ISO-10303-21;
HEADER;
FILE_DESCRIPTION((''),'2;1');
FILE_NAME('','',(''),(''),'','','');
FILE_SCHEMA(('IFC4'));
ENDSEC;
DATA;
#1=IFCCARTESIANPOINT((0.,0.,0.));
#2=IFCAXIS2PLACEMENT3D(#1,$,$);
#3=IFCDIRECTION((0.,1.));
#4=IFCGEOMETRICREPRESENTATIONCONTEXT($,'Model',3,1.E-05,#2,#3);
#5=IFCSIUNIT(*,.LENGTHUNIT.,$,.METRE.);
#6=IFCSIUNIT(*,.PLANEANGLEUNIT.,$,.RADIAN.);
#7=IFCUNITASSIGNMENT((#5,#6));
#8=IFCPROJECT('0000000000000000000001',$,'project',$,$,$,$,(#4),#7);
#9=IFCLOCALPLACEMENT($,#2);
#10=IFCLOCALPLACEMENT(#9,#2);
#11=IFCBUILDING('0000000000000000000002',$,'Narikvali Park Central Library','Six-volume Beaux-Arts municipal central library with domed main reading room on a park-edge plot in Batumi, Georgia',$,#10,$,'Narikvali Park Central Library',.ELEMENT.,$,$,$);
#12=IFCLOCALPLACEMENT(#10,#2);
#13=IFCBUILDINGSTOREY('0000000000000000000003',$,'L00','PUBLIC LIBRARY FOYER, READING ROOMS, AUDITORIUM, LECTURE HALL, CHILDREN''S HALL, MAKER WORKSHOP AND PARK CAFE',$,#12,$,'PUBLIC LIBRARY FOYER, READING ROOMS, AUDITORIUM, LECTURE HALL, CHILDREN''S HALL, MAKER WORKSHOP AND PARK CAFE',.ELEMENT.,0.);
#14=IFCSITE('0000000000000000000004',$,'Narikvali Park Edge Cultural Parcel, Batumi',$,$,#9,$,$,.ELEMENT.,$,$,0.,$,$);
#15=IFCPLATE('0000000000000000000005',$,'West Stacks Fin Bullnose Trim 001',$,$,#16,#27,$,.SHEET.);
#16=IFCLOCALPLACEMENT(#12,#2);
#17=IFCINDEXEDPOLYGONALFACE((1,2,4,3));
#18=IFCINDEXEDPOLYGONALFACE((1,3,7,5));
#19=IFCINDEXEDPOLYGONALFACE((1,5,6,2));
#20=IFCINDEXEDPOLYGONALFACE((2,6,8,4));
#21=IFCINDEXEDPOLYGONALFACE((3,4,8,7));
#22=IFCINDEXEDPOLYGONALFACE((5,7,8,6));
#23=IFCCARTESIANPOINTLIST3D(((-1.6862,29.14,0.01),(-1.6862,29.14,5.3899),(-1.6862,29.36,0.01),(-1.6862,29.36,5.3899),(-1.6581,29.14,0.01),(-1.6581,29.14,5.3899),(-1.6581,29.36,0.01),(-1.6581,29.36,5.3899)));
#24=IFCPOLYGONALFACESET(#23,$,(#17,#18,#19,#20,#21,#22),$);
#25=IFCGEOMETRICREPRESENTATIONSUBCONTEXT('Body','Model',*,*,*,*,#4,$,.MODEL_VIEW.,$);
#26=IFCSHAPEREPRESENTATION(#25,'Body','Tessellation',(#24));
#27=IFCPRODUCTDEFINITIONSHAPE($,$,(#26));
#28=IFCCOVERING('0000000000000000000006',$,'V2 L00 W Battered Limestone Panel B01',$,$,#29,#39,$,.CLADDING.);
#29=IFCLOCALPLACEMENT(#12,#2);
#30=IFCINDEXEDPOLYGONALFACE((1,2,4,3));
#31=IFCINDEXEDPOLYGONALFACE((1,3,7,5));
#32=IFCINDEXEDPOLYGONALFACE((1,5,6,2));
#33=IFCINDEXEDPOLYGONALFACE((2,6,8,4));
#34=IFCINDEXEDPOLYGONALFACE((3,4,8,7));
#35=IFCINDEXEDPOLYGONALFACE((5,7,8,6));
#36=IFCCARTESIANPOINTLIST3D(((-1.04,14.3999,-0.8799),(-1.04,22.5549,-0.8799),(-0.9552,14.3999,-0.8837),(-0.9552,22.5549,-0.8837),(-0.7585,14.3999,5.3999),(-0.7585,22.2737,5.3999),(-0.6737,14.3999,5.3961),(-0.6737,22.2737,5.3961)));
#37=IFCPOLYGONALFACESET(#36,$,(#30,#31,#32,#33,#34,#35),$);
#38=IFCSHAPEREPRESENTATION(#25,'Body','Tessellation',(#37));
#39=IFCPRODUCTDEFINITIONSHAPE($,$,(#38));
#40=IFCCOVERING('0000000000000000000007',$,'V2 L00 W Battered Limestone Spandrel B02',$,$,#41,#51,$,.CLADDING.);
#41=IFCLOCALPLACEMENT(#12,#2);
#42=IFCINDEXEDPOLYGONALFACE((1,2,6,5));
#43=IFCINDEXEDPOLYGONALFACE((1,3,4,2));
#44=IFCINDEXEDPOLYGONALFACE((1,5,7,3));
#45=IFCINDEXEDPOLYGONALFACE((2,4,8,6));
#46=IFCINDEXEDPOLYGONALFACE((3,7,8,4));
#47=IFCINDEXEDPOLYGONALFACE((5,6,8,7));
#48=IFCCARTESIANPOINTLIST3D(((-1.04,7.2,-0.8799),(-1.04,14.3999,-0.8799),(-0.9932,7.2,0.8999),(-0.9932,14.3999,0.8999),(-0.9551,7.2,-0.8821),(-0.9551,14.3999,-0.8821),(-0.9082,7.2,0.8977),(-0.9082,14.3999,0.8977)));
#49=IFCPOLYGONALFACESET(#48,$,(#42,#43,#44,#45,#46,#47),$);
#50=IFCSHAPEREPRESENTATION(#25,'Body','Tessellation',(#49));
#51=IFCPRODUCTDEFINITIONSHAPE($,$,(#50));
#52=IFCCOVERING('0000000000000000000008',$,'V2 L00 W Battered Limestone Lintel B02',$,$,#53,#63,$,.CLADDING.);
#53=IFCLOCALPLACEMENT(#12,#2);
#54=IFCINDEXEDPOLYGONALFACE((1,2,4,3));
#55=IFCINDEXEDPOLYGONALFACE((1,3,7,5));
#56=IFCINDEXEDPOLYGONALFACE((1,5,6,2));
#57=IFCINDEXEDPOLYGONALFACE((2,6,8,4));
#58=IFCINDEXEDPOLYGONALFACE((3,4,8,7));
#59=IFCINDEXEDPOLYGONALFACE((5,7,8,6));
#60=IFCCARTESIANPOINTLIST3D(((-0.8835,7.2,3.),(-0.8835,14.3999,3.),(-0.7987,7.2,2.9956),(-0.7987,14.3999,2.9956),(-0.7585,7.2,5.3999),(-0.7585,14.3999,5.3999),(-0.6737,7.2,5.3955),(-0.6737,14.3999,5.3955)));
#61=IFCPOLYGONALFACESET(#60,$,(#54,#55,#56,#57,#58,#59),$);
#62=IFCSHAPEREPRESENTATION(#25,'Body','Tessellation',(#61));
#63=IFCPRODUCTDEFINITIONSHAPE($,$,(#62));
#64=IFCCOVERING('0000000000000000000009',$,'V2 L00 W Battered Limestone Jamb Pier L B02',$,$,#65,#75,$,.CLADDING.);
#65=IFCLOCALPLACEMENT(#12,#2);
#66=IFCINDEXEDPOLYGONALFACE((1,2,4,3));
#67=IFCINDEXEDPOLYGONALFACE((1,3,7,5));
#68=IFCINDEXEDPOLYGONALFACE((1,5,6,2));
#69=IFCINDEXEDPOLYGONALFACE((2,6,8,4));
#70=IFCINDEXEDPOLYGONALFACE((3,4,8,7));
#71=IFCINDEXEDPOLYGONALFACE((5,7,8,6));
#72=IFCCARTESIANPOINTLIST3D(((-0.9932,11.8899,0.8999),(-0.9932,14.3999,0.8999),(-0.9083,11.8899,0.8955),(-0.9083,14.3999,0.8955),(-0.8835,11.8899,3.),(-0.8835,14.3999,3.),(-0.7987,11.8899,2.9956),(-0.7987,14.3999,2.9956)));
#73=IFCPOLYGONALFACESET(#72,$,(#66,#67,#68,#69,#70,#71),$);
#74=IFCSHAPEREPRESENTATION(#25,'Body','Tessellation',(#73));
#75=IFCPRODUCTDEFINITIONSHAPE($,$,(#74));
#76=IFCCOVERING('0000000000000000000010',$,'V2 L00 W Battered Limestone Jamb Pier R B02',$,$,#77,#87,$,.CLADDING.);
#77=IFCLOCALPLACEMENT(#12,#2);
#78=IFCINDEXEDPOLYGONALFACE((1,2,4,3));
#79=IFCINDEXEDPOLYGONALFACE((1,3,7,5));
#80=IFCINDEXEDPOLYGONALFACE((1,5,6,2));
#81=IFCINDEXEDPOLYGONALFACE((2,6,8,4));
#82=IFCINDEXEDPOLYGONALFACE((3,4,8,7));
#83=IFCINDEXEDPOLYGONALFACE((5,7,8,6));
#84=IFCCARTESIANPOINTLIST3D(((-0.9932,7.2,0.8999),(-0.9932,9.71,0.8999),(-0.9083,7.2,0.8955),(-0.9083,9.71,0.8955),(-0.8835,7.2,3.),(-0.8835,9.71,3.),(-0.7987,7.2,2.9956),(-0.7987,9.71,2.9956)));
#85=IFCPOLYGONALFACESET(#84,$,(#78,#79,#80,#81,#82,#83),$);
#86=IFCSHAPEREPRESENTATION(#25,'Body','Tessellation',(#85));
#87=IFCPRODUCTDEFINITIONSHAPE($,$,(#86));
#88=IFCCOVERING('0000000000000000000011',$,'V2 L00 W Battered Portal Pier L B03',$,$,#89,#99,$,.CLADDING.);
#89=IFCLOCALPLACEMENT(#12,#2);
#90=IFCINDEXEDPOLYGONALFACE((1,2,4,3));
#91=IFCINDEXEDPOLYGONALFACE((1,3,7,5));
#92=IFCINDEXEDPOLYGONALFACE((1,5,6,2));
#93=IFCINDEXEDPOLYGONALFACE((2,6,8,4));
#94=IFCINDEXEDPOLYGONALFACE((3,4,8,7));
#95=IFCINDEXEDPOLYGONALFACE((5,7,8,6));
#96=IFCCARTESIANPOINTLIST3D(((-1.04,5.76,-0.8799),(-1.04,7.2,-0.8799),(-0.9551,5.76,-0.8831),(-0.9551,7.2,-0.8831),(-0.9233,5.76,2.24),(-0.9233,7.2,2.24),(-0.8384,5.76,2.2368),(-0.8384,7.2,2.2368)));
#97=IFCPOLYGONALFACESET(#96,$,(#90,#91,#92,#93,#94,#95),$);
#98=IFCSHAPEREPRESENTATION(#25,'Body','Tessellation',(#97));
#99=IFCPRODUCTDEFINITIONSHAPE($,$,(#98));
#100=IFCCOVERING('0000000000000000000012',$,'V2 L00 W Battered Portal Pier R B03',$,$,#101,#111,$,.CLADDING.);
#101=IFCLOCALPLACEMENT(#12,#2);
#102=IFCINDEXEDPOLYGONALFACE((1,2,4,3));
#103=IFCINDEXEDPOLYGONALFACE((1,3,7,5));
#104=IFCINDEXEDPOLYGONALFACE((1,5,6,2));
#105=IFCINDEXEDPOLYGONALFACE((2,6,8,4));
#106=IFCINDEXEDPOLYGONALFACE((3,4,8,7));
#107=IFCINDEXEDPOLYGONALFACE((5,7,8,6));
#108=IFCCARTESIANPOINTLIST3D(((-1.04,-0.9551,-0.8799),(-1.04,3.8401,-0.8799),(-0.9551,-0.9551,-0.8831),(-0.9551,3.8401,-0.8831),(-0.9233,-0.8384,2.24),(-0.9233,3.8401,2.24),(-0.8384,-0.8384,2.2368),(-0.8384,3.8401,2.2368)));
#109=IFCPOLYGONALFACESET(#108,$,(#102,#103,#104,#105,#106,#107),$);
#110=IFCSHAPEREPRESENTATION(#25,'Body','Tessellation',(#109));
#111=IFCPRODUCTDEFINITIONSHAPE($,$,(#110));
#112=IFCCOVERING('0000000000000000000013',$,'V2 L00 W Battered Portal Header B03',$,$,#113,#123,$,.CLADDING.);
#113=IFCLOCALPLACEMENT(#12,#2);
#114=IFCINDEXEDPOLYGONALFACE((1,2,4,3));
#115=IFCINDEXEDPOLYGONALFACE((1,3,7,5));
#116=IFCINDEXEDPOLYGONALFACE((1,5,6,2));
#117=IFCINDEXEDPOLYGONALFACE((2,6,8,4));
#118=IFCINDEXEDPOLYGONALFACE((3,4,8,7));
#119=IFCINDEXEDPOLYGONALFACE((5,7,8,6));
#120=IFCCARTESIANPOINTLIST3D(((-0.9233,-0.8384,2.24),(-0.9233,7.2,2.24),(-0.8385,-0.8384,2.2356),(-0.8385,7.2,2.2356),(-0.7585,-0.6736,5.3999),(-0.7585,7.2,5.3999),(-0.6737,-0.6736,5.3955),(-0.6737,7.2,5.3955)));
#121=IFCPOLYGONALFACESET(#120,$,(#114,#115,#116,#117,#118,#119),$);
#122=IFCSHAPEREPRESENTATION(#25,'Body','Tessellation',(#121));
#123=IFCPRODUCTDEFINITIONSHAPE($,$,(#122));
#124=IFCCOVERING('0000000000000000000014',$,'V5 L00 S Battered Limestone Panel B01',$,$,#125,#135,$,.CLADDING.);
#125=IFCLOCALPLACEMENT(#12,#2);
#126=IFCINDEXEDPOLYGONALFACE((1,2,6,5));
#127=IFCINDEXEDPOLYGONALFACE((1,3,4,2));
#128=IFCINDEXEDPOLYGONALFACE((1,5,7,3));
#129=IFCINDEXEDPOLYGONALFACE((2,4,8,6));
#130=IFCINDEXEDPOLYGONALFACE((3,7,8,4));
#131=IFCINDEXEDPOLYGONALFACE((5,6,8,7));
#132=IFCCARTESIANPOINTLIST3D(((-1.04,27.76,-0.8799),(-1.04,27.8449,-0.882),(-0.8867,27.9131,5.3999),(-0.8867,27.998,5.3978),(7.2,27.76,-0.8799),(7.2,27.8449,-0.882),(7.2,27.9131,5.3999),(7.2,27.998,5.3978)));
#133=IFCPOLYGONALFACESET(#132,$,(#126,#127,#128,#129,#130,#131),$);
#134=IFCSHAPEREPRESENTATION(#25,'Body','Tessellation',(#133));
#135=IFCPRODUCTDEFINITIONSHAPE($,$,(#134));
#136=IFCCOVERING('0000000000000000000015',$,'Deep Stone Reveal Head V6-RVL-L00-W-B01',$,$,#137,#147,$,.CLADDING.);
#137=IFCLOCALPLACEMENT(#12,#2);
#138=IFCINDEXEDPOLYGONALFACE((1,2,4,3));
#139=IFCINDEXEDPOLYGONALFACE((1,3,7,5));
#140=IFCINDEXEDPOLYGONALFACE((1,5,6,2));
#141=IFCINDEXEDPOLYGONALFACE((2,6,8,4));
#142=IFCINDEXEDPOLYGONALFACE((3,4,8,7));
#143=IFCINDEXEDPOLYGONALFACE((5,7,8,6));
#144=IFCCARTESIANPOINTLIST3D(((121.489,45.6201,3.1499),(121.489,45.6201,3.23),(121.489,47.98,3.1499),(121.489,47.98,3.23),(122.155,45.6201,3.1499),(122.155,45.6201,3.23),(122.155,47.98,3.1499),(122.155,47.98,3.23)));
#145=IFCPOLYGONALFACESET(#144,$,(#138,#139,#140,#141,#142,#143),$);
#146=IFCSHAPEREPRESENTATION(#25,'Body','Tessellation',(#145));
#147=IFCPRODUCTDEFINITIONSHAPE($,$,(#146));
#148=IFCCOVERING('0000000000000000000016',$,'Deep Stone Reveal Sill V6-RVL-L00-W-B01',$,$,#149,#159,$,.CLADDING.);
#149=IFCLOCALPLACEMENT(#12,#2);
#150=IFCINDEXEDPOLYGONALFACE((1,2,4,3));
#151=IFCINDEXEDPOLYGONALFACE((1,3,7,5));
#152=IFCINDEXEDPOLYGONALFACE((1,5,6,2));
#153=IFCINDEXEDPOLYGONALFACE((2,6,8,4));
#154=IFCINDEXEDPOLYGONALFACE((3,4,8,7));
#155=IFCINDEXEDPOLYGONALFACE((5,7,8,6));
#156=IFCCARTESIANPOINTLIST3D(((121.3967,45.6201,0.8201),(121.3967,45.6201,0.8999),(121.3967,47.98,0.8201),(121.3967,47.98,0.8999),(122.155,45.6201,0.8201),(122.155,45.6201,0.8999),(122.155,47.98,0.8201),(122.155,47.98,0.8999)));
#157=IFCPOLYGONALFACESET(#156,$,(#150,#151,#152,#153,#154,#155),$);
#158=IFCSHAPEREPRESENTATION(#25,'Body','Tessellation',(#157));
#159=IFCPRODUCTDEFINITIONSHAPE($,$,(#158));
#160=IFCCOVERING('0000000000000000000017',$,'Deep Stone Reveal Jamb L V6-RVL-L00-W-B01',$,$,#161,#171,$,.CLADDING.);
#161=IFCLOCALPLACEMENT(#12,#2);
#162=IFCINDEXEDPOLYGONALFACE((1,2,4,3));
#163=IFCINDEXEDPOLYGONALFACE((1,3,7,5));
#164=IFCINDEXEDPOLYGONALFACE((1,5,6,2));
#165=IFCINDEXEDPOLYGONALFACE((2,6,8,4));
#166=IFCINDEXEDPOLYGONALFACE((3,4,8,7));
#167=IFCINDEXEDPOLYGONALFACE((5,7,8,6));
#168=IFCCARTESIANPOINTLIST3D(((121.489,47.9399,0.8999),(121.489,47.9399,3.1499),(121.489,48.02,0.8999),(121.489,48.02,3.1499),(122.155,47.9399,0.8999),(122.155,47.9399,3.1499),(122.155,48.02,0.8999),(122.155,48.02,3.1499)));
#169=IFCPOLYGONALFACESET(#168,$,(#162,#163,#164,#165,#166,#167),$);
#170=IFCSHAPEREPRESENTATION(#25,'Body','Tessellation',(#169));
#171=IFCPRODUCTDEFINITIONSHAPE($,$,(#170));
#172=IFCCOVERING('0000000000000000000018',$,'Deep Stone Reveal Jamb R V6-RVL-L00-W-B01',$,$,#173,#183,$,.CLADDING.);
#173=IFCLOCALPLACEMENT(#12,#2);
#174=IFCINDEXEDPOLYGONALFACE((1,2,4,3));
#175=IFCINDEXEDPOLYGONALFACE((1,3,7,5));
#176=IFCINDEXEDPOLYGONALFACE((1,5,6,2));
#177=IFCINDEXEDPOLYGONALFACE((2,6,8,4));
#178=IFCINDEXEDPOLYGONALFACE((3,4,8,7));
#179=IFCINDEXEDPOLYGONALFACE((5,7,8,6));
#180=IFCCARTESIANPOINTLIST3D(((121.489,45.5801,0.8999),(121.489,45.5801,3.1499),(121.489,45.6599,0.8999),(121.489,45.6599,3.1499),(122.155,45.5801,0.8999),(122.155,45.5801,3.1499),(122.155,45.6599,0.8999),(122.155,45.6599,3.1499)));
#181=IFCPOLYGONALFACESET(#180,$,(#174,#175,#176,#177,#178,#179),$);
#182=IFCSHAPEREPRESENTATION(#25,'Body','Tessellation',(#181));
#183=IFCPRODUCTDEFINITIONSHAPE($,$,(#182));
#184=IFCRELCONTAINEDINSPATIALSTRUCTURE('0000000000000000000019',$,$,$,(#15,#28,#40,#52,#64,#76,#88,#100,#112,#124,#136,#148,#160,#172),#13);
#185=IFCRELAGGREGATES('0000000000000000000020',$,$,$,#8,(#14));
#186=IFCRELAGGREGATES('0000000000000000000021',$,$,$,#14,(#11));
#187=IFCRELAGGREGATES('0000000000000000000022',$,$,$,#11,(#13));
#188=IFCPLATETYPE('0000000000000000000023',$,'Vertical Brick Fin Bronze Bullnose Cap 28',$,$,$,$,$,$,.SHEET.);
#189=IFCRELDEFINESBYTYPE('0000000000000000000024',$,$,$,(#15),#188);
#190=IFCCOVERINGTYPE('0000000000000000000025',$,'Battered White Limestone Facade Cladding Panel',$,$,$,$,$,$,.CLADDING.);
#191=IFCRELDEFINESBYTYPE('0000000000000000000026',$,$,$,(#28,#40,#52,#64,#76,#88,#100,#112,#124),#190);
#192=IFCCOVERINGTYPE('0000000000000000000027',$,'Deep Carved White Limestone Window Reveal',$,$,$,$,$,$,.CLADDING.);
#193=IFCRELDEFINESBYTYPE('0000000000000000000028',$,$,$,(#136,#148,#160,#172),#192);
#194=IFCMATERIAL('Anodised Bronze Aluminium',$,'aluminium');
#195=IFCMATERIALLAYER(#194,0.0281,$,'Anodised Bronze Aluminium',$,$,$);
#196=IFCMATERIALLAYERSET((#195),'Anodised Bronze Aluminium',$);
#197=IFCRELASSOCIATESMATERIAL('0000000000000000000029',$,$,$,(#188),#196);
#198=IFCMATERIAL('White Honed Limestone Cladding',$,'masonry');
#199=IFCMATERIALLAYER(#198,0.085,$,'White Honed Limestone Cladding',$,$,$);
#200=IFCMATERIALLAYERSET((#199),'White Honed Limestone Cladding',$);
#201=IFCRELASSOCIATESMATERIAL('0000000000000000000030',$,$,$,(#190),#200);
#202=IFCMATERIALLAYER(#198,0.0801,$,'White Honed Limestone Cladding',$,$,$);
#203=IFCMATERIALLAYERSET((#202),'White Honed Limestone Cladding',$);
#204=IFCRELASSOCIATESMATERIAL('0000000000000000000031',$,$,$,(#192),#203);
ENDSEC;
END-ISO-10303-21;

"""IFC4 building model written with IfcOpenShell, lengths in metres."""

from ifc_helpers import new_model, si_unit, direction, frame, origin, origin_2d, place, context, subcontext, project, spatial, polyline, rectangle, outline, extrude, material, layer, layer_set, type_object, element, save


model = new_model("IFC4")

# Units and contexts
model_context = context("Model", 3, precision=1e-05, world=origin(), true_north=direction((0.0, 1.0)))
body_context = subcontext(model_context, "Body", "Model", "MODEL_VIEW")
ifc_project = project(units=[si_unit("LENGTHUNIT", "METRE"), si_unit("PLANEANGLEUNIT", "RADIAN")], contexts=[model_context])

# Site, building, storey
site_placement = place(None, origin())
site = spatial("IfcSite", under=ifc_project, at=site_placement, Name="Narikvali Park Edge Cultural Parcel, Batumi", CompositionType="ELEMENT", RefElevation=0.0)
building_placement = place(site_placement, origin())
building = spatial("IfcBuilding", under=site, at=building_placement, Name="Narikvali Park Central Library", Description="Six-volume Beaux-Arts municipal central library with domed main reading room on a park-edge plot in Batumi, Georgia", LongName="Narikvali Park Central Library", CompositionType="ELEMENT")
storey_placement = place(building_placement, origin())
storey = spatial("IfcBuildingStorey", under=building, at=storey_placement, Name="L00", Description="PUBLIC LIBRARY FOYER, READING ROOMS, AUDITORIUM, LECTURE HALL, CHILDREN'S HALL, MAKER WORKSHOP AND PARK CAFE", LongName="PUBLIC LIBRARY FOYER, READING ROOMS, AUDITORIUM, LECTURE HALL, CHILDREN'S HALL, MAKER WORKSHOP AND PARK CAFE", CompositionType="ELEMENT", Elevation=0.0)

# Plate
ifc_material_1 = material(Name="Anodised Bronze Aluminium", Category="aluminium")
ifc_layer_1 = layer(ifc_material_1, 0.0281, Name="Anodised Bronze Aluminium")
ifc_layer_set_1 = layer_set([ifc_layer_1], Name="Anodised Bronze Aluminium")
plate_type = type_object("IfcPlateType", Name="Vertical Brick Fin Bronze Bullnose Cap 28", PredefinedType="SHEET", material=ifc_layer_set_1)
plate_placement = place(storey_placement, frame((-1.6721, 29.25, 0.01), z_axis=(0.0, 0.0, 1.0), x_axis=(1.0, 0.0, 0.0)))
element("IfcPlate", 1, at=plate_placement, inside=storey, type_object=plate_type, Name="West Stacks Fin Bullnose Trim 001", PredefinedType="SHEET", context=body_context, shape_type="SweptSolid", body=[
    extrude(rectangle(XDim=0.0281, YDim=0.22, at=origin_2d()), origin(), (0.0, 0.0, 1.0), 5.3799),
])

# Coverings
ifc_material_2 = material(Name="White Honed Limestone Cladding", Category="masonry")
ifc_layer_2 = layer(ifc_material_2, 0.085, Name="White Honed Limestone Cladding")
ifc_layer_set_2 = layer_set([ifc_layer_2], Name="White Honed Limestone Cladding")
covering_type_1 = type_object("IfcCoveringType", Name="Battered White Limestone Facade Cladding Panel", PredefinedType="CLADDING", material=ifc_layer_set_2)
covering_1_placement = place(storey_placement, frame((-1.04, 22.5549, -0.8799), z_axis=(-0.998997, 0.0, 0.04478), x_axis=(0.0, -1.0, 0.0)))
element("IfcCovering", 2, at=covering_1_placement, inside=storey, type_object=covering_type_1, Name="V2 L00 W Battered Limestone Panel B01", PredefinedType="CLADDING", context=body_context, shape_type="SweptSolid", body=[
    extrude(outline(polyline([(0.0, 0.0), (8.155, 0.0), (8.155, 6.2861), (0.2812, 6.2861), (0.0, 0.0)])), origin(), (0.0, 0.0, -1.0), 0.085),
])
covering_2_placement = place(storey_placement, frame((-1.04, 14.3999, -0.8799), z_axis=(-0.999653, 0.0, 0.026328), x_axis=(0.0, -1.0, 0.0)))
element("IfcCovering", 3, at=covering_2_placement, inside=storey, type_object=covering_type_1, Name="V2 L00 W Battered Limestone Spandrel B02", PredefinedType="CLADDING", context=body_context, shape_type="SweptSolid", body=[
    extrude(outline(polyline([(0.0, 0.0), (7.2, 0.0), (7.2, 1.7804), (0.0, 1.7804), (0.0, 0.0)])), origin(), (0.0, 0.0, -1.0), 0.085),
])
covering_3_placement = place(storey_placement, frame((-0.8835, 14.3999, 3.0), z_axis=(-0.998646, 0.0, 0.052015), x_axis=(0.0, -1.0, 0.0)))
element("IfcCovering", 4, at=covering_3_placement, inside=storey, type_object=covering_type_1, Name="V2 L00 W Battered Limestone Lintel B02", PredefinedType="CLADDING", context=body_context, shape_type="SweptSolid", body=[
    extrude(outline(polyline([(0.0, 0.0), (7.2, 0.0), (7.2, 2.4032), (0.0, 2.4032), (0.0, 0.0)])), origin(), (0.0, 0.0, -1.0), 0.085),
])
for number, where, z_axis, x_axis, name in (
    (5, (-0.9932, 14.3999, 0.8999), (-0.998641, 0.0, 0.052126), (0.0, -1.0, 0.0), "V2 L00 W Battered Limestone Jamb Pier L B02"),
    (6, (-0.9932, 9.71, 0.8999), (-0.998641, 0.0, 0.052126), (0.0, -1.0, 0.0), "V2 L00 W Battered Limestone Jamb Pier R B02"),
):
    element("IfcCovering", number, at=place(storey_placement, frame(where, z_axis=z_axis, x_axis=x_axis)), inside=storey, type_object=covering_type_1, Name=name, PredefinedType="CLADDING", context=body_context, shape_type="SweptSolid", body=[
        extrude(outline(polyline([(0.0, 0.0), (2.51, 0.0), (2.51, 2.103), (0.0, 2.103), (0.0, 0.0)])), origin(), (0.0, 0.0, -1.0), 0.085),
    ])
covering_4_placement = place(storey_placement, frame((-1.04, 7.2, -0.8799), z_axis=(-0.999301, 0.0, 0.037379), x_axis=(0.0, -1.0, 0.0)))
element("IfcCovering", 7, at=covering_4_placement, inside=storey, type_object=covering_type_1, Name="V2 L00 W Battered Portal Pier L B03", PredefinedType="CLADDING", context=body_context, shape_type="SweptSolid", body=[
    extrude(outline(polyline([(0.0, 0.0), (1.4399, 0.0), (1.4399, 3.1221), (0.0, 3.1221), (0.0, 0.0)])), origin(), (0.0, 0.0, -1.0), 0.085),
])
covering_5_placement = place(storey_placement, frame((-1.04, 3.8401, -0.8799), z_axis=(-0.999301, 0.0, 0.037379), x_axis=(0.0, -1.0, 0.0)))
element("IfcCovering", 8, at=covering_5_placement, inside=storey, type_object=covering_type_1, Name="V2 L00 W Battered Portal Pier R B03", PredefinedType="CLADDING", context=body_context, shape_type="SweptSolid", body=[
    extrude(outline(polyline([(0.0, 0.0), (4.7952, 0.0), (4.6785, 3.1221), (0.0, 3.1221), (0.0, 0.0)])), origin(), (0.0, 0.0, -1.0), 0.085),
])
covering_6_placement = place(storey_placement, frame((-0.9233, 7.2, 2.24), z_axis=(-0.998643, 0.0, 0.052081), x_axis=(0.0, -1.0, 0.0)))
element("IfcCovering", 9, at=covering_6_placement, inside=storey, type_object=covering_type_1, Name="V2 L00 W Battered Portal Header B03", PredefinedType="CLADDING", context=body_context, shape_type="SweptSolid", body=[
    extrude(outline(polyline([(0.0, 0.0), (8.0383, 0.0), (7.8735, 3.1642), (0.0, 3.1642), (0.0, 0.0)])), origin(), (0.0, 0.0, -1.0), 0.085),
])
covering_7_placement = place(storey_placement, frame((-1.04, 27.76, -0.8799), z_axis=(0.0, -0.999703, 0.024369), x_axis=(1.0, 0.0, 0.0)))
element("IfcCovering", 10, at=covering_7_placement, inside=storey, type_object=covering_type_1, Name="V5 L00 S Battered Limestone Panel B01", PredefinedType="CLADDING", context=body_context, shape_type="SweptSolid", body=[
    extrude(outline(polyline([(0.0, 0.0), (8.24, 0.0), (8.24, 6.2817), (0.1533, 6.2817), (0.0, 0.0)])), origin(), (0.0, 0.0, -1.0), 0.085),
])
ifc_layer_3 = layer(ifc_material_2, 0.0801, Name="White Honed Limestone Cladding")
ifc_layer_set_3 = layer_set([ifc_layer_3], Name="White Honed Limestone Cladding")
covering_type_2 = type_object("IfcCoveringType", Name="Deep Carved White Limestone Window Reveal", PredefinedType="CLADDING", material=ifc_layer_set_3)
covering_8_placement = place(storey_placement, frame((0.0, 0.0, 3.1499)))
element("IfcCovering", 11, at=covering_8_placement, inside=storey, type_object=covering_type_2, Name="Deep Stone Reveal Head V6-RVL-L00-W-B01", PredefinedType="CLADDING", context=body_context, shape_type="SweptSolid", body=[
    extrude(outline(polyline([(122.155, 47.98), (122.155, 45.6201), (121.489, 45.6201), (121.489, 47.98), (122.155, 47.98)])), origin(), (0.0, 0.0, 1.0), 0.0801),
])
covering_9_placement = place(storey_placement, frame((0.0, 0.0, 0.8201)))
element("IfcCovering", 12, at=covering_9_placement, inside=storey, type_object=covering_type_2, Name="Deep Stone Reveal Sill V6-RVL-L00-W-B01", PredefinedType="CLADDING", context=body_context, shape_type="SweptSolid", body=[
    extrude(outline(polyline([(122.155, 47.98), (122.155, 45.6201), (121.3967, 45.6201), (121.3967, 47.98), (122.155, 47.98)])), origin(), (0.0, 0.0, 1.0), 0.0798),
])
covering_10_placement = place(storey_placement, frame((0.0, 0.0, 0.8999)))
element("IfcCovering", 13, at=covering_10_placement, inside=storey, type_object=covering_type_2, Name="Deep Stone Reveal Jamb L V6-RVL-L00-W-B01", PredefinedType="CLADDING", context=body_context, shape_type="SweptSolid", body=[
    extrude(outline(polyline([(122.155, 48.02), (122.155, 47.9399), (121.489, 47.9399), (121.489, 48.02), (122.155, 48.02)])), origin(), (0.0, 0.0, 1.0), 2.25),
])
covering_11_placement = place(storey_placement, frame((0.0, 0.0, 0.8999)))
element("IfcCovering", 14, at=covering_11_placement, inside=storey, type_object=covering_type_2, Name="Deep Stone Reveal Jamb R V6-RVL-L00-W-B01", PredefinedType="CLADDING", context=body_context, shape_type="SweptSolid", body=[
    extrude(outline(polyline([(122.155, 45.6599), (122.155, 45.5801), (121.489, 45.5801), (121.489, 45.6599), (122.155, 45.6599)])), origin(), (0.0, 0.0, 1.0), 2.25),
])

save(model, "model.ifc")
